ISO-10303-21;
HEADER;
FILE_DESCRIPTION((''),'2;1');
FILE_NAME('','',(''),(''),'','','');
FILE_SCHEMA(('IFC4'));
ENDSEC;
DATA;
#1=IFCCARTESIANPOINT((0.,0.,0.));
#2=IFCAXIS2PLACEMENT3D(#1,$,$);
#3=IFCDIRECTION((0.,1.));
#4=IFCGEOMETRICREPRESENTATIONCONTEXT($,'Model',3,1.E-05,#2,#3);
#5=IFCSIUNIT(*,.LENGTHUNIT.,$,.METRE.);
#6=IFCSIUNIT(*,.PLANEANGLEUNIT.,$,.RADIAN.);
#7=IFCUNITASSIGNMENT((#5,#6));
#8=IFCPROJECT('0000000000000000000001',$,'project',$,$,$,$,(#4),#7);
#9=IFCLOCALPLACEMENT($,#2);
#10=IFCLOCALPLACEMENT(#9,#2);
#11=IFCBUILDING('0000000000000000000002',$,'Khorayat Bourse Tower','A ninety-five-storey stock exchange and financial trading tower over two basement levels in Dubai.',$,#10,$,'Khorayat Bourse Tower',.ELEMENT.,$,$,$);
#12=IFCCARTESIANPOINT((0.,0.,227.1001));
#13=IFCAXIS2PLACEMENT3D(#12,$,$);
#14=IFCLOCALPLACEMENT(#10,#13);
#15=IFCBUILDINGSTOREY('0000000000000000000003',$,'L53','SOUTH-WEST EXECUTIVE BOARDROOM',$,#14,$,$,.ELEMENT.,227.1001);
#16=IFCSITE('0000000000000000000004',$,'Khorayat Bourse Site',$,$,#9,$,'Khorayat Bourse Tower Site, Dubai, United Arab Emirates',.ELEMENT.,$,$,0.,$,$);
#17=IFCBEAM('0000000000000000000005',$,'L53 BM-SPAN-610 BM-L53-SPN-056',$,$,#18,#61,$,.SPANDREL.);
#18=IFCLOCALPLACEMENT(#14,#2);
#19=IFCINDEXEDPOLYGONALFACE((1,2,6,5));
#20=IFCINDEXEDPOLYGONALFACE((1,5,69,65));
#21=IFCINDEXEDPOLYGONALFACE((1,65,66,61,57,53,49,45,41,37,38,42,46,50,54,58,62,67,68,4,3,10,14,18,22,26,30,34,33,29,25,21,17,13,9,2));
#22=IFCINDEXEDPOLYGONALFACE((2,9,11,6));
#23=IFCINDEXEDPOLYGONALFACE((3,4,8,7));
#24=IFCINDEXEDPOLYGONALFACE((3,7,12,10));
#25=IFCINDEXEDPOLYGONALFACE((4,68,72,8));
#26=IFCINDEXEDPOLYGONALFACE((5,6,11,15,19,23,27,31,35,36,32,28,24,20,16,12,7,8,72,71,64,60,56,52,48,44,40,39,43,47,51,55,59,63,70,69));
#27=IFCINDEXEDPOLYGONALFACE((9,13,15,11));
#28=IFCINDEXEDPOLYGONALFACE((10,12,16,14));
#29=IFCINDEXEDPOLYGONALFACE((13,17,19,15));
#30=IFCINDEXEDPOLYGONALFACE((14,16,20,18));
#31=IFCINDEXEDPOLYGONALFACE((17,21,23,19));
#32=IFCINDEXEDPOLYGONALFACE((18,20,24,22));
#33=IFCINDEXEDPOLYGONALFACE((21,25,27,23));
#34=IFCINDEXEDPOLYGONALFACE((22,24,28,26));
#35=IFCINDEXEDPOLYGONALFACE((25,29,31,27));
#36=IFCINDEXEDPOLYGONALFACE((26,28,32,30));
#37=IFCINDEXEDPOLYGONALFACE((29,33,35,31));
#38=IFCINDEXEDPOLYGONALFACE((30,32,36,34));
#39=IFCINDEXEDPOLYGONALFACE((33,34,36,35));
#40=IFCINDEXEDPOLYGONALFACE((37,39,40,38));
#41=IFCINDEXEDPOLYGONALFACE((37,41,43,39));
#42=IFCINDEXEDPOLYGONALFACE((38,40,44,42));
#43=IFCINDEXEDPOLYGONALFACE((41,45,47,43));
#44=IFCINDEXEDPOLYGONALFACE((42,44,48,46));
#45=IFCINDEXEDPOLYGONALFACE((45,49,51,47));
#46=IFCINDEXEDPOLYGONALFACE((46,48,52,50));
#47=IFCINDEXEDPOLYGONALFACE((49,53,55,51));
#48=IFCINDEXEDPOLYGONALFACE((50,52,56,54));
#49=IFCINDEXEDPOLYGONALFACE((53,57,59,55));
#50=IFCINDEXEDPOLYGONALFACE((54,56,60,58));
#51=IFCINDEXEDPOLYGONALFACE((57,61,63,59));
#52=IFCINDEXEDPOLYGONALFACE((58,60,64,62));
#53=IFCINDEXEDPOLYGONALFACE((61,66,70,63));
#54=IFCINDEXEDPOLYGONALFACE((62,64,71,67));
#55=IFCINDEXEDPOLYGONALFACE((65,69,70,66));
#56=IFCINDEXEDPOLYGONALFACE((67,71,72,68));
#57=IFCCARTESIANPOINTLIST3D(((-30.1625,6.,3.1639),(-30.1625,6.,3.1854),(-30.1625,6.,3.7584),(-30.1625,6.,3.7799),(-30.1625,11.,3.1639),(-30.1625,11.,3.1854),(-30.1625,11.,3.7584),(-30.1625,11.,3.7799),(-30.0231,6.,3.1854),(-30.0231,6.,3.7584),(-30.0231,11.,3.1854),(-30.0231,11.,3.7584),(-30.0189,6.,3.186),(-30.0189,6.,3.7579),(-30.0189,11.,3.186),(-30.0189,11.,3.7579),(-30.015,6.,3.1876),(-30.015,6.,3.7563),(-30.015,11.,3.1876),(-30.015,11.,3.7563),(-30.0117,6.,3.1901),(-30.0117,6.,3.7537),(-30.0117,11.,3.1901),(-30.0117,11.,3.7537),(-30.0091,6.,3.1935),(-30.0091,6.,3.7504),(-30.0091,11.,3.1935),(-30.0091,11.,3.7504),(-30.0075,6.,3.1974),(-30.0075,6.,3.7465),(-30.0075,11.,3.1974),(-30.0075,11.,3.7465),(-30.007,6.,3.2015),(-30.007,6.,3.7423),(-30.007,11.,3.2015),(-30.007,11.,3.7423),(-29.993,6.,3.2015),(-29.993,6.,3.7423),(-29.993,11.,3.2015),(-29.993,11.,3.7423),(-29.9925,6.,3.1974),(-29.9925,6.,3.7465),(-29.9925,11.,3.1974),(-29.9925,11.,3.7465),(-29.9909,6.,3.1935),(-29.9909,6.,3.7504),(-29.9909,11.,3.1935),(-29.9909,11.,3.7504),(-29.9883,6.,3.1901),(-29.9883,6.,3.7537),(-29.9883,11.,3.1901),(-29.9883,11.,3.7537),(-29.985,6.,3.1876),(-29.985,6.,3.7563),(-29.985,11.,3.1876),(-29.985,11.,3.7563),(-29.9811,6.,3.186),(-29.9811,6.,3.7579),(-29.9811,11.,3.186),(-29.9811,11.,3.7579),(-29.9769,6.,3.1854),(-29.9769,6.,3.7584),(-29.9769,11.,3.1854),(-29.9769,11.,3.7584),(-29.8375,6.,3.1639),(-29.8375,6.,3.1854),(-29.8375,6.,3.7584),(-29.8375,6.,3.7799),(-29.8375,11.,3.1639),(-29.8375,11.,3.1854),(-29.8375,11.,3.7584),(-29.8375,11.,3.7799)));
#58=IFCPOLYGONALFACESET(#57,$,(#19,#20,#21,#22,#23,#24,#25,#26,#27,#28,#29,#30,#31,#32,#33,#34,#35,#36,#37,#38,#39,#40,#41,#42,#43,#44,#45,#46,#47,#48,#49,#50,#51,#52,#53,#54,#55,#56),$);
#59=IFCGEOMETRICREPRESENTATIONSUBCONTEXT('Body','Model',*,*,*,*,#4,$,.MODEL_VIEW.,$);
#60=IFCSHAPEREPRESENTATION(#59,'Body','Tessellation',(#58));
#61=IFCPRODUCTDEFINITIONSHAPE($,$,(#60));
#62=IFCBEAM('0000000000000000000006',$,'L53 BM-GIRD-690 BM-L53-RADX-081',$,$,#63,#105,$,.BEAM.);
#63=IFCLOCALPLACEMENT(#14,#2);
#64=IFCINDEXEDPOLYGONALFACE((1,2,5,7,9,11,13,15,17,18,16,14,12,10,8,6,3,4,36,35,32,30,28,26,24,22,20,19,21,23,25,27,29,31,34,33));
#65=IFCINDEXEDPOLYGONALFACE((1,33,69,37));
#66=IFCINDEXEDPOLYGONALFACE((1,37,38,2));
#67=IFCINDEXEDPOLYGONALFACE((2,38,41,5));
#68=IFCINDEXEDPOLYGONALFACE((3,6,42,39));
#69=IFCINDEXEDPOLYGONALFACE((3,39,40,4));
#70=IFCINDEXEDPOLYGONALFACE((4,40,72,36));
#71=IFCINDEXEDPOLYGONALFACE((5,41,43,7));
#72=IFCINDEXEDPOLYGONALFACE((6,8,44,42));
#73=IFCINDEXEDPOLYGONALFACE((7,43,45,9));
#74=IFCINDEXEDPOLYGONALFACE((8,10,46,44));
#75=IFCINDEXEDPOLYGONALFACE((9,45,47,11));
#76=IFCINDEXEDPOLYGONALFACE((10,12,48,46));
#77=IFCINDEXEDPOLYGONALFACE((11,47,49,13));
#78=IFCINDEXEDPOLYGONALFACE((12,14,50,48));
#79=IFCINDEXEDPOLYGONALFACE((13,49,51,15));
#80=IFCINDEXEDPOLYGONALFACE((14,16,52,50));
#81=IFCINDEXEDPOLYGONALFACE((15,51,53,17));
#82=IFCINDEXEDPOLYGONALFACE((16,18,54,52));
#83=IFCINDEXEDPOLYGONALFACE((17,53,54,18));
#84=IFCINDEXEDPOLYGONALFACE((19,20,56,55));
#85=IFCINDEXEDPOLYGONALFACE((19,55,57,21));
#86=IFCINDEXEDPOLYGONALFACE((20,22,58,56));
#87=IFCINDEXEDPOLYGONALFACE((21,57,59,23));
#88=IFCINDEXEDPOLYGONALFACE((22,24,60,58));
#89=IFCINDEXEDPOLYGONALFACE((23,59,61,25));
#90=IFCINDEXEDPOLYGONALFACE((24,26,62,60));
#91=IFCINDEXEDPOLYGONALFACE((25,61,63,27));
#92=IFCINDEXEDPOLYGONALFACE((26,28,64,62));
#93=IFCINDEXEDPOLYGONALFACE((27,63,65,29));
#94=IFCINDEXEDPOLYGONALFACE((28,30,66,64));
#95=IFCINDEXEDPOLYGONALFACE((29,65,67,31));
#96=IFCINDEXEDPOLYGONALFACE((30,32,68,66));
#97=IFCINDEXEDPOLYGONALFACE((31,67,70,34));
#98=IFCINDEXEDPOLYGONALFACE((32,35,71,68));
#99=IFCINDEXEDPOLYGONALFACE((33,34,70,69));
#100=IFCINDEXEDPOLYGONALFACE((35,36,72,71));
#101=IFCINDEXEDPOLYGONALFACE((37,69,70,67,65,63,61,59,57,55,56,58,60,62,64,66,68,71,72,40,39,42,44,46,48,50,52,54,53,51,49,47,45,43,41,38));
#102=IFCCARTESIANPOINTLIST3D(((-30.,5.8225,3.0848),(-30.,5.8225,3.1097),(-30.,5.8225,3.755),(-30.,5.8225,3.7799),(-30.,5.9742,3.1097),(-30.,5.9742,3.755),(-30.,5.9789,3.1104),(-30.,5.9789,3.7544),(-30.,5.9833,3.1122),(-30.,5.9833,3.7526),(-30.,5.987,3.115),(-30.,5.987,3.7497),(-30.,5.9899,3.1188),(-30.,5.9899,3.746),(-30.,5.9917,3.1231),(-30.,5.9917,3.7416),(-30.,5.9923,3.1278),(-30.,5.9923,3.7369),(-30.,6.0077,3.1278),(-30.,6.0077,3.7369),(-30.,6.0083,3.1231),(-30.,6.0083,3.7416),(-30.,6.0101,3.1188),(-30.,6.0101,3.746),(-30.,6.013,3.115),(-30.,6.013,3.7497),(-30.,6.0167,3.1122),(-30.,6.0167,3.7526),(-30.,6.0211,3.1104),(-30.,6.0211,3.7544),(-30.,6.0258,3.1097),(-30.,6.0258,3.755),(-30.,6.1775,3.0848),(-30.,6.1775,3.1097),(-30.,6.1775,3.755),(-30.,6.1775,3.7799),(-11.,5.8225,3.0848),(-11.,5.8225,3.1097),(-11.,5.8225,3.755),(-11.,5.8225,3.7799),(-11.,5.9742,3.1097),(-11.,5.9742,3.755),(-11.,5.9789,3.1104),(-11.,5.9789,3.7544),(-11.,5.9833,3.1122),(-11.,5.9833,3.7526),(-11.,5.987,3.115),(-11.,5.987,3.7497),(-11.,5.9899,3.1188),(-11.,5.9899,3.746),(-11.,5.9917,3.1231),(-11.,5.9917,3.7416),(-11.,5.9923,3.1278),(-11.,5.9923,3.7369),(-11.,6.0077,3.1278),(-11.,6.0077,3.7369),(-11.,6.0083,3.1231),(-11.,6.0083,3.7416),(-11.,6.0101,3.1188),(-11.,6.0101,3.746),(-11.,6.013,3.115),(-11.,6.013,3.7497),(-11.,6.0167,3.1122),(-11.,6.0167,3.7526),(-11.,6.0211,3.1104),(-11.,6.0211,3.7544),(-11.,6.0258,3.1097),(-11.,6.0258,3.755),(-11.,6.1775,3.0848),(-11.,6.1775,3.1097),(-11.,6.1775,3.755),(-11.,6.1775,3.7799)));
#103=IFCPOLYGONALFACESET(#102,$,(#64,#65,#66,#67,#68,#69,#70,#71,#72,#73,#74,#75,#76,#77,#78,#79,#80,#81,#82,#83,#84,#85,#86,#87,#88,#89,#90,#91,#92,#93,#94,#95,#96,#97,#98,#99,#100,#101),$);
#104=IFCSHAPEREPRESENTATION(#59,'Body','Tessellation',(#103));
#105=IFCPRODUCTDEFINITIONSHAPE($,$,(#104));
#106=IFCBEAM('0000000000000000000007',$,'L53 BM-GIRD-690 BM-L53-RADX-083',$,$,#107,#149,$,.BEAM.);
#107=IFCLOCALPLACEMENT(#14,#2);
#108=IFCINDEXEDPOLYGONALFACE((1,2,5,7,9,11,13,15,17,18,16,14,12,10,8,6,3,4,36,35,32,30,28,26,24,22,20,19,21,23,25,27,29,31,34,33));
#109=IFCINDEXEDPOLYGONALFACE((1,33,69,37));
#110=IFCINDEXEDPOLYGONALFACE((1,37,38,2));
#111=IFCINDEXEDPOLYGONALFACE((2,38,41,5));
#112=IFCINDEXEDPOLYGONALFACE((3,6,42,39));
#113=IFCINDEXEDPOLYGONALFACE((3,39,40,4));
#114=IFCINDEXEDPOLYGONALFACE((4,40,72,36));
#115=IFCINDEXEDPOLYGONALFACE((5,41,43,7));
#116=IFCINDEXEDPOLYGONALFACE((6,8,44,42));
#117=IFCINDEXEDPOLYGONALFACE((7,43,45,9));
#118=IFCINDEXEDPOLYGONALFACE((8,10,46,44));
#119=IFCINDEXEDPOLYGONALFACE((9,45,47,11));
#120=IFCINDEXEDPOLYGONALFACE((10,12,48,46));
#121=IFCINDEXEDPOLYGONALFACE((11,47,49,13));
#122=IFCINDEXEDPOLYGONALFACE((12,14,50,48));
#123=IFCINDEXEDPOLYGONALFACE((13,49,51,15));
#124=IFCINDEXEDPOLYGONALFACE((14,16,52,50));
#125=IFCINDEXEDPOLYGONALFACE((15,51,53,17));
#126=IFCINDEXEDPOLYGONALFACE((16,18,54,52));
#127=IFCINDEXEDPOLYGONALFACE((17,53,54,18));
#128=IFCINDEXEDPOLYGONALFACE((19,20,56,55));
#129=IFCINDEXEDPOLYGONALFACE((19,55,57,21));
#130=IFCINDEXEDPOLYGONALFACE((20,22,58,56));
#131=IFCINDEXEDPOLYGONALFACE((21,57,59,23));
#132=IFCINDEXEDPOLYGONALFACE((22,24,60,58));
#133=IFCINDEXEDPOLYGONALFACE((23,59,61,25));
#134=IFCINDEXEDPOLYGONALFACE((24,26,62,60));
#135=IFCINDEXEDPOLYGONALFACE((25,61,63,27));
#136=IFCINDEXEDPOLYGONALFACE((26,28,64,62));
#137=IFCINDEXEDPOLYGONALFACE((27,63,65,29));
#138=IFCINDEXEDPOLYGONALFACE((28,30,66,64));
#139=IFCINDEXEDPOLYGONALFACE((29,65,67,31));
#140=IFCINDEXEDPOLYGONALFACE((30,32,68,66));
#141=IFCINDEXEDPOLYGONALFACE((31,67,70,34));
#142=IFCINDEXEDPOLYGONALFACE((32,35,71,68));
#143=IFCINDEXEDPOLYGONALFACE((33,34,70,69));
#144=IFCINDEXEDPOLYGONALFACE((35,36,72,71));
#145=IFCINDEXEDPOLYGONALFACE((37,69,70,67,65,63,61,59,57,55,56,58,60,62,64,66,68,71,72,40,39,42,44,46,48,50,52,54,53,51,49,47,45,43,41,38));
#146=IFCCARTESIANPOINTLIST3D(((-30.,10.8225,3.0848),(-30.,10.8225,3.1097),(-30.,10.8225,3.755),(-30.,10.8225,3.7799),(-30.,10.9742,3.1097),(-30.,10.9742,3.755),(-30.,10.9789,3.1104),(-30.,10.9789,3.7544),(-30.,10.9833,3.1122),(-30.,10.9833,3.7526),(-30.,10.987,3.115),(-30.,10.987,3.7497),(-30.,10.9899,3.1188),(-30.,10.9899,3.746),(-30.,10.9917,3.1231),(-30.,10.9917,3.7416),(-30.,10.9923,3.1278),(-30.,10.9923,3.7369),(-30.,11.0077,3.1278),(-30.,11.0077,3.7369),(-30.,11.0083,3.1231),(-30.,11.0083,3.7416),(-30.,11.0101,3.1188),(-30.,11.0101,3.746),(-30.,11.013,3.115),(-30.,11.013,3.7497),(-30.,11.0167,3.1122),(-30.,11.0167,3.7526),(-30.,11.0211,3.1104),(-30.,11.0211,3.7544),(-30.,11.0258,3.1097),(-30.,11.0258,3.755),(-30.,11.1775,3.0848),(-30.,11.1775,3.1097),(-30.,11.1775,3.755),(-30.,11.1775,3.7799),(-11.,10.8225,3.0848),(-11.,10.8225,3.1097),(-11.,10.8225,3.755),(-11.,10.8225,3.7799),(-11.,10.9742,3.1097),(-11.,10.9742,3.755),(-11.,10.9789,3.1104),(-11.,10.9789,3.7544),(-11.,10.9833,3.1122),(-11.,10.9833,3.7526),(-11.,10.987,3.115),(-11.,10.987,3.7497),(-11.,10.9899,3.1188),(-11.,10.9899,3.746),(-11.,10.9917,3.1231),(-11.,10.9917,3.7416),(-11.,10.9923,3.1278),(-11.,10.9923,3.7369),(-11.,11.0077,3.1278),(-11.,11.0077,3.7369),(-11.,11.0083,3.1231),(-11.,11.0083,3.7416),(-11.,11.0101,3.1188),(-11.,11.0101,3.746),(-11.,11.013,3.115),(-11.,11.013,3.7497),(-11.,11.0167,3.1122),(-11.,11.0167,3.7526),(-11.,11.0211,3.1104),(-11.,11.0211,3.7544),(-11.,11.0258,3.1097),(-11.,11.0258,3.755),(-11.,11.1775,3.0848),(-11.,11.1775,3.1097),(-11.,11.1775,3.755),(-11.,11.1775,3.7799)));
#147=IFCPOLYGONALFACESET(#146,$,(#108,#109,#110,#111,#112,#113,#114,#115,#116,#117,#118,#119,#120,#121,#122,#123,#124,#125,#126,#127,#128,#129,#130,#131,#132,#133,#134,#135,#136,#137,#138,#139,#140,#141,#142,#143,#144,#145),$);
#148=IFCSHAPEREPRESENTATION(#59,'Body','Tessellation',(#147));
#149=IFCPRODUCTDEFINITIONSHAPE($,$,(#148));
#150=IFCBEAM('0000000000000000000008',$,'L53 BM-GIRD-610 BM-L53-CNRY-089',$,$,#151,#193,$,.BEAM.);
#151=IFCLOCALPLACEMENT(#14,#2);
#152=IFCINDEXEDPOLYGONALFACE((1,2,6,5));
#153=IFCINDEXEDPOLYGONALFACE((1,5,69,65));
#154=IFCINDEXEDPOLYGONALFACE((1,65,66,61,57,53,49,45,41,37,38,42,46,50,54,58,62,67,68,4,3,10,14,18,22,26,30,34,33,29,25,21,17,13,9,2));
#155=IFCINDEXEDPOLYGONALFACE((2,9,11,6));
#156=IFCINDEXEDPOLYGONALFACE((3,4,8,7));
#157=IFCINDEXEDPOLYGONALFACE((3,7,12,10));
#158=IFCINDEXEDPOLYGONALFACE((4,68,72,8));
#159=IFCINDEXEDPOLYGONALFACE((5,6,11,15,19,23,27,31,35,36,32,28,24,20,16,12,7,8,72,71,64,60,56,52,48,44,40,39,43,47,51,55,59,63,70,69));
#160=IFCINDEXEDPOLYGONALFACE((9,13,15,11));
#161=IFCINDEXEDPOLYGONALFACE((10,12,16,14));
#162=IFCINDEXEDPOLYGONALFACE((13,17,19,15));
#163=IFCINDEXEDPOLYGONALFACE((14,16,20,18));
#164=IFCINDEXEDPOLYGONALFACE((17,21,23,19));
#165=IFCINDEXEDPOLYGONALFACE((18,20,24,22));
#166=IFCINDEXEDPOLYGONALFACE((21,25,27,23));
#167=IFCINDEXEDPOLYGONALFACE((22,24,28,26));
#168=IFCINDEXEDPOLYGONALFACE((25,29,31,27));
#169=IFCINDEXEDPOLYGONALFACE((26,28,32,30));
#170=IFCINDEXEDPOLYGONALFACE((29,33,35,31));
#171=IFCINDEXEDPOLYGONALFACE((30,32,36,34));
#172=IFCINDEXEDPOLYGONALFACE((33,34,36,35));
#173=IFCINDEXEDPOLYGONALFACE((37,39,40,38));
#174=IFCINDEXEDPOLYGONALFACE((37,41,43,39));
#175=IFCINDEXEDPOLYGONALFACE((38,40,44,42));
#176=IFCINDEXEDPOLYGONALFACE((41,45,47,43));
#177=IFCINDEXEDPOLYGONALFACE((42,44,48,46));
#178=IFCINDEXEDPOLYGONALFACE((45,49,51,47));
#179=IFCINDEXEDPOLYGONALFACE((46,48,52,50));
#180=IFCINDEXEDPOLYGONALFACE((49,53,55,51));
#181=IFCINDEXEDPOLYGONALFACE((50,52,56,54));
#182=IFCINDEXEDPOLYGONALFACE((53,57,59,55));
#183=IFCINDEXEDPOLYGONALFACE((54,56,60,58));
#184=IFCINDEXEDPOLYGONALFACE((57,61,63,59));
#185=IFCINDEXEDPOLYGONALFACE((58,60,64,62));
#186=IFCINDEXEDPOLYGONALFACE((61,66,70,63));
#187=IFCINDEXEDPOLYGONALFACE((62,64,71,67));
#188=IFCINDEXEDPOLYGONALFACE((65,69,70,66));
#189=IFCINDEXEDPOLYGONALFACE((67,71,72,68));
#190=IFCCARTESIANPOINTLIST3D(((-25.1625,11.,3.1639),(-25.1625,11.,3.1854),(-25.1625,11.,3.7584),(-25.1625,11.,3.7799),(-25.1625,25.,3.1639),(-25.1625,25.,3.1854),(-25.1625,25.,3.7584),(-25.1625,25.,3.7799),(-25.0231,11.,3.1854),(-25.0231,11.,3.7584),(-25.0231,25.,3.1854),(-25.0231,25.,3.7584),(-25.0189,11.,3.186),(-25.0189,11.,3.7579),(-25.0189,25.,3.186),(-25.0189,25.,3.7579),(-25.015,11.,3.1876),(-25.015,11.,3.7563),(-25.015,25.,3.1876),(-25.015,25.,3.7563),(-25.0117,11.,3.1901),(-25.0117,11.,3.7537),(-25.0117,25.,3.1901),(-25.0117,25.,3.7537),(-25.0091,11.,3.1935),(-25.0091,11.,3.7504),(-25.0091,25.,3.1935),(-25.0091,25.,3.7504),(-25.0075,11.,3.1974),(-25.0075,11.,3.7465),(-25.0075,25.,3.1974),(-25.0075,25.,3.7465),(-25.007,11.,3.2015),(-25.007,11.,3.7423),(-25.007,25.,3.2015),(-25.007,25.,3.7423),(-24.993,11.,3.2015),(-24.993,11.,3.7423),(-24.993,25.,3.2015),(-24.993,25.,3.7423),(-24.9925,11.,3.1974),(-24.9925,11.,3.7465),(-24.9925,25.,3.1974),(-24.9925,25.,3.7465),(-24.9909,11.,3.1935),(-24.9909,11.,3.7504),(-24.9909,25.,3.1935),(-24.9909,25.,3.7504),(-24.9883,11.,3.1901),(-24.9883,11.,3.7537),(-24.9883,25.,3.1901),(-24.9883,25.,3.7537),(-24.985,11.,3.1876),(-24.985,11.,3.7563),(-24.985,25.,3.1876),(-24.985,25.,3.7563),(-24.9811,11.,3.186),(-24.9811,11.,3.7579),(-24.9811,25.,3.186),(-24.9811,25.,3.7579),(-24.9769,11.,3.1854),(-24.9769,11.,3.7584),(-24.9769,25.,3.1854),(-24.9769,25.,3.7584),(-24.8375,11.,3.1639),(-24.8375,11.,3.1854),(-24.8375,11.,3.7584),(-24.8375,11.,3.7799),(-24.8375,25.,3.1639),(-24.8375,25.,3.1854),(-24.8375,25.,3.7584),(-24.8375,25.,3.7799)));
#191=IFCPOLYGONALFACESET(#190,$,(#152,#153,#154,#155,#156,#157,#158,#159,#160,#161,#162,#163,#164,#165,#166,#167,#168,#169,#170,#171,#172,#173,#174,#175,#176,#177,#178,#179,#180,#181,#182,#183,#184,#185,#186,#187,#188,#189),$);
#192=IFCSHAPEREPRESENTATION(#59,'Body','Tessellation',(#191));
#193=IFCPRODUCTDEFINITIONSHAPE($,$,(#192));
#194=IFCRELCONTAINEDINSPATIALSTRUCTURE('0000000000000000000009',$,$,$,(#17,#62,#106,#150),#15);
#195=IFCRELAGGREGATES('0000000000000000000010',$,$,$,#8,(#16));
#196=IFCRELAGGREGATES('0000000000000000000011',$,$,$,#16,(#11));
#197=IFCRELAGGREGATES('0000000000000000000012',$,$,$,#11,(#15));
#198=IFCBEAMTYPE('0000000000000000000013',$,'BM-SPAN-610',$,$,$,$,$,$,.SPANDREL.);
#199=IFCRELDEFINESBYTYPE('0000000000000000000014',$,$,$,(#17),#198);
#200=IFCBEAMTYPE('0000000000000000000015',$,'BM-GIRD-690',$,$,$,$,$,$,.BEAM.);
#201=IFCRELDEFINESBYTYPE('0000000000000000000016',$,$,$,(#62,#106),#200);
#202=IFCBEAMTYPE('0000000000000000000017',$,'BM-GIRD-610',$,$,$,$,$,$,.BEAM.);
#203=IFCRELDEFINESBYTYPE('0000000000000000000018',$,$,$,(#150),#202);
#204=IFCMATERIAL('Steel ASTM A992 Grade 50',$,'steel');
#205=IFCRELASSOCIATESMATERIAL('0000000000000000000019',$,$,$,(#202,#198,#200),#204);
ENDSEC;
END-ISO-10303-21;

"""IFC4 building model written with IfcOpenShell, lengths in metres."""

from ifc_helpers import new_model, si_unit, direction, frame, origin, origin_2d, place, context, subcontext, project, spatial, i_section, extrude, source, transform, mapped, material, material_profile, profile_set, type_object, element, save


model = new_model("IFC4")

# Units and contexts
model_context = context("Model", 3, precision=1e-05, world=origin(), true_north=direction((0.0, 1.0)))
body_context = subcontext(model_context, "Body", "Model", "MODEL_VIEW")
ifc_project = project(units=[si_unit("LENGTHUNIT", "METRE"), si_unit("PLANEANGLEUNIT", "RADIAN")], contexts=[model_context])

# Site, building, storey
site_placement = place(None, origin())
site = spatial("IfcSite", under=ifc_project, at=site_placement, Name="Khorayat Bourse Site", LongName="Khorayat Bourse Tower Site, Dubai, United Arab Emirates", CompositionType="ELEMENT", RefElevation=0.0)
building_placement = place(site_placement, origin())
building = spatial("IfcBuilding", under=site, at=building_placement, Name="Khorayat Bourse Tower", Description="A ninety-five-storey stock exchange and financial trading tower over two basement levels in Dubai.", LongName="Khorayat Bourse Tower", CompositionType="ELEMENT")
storey_placement = place(building_placement, frame((0.0, 0.0, 227.1001)))
storey = spatial("IfcBuildingStorey", under=building, at=storey_placement, Name="L53", Description="SOUTH-WEST EXECUTIVE BOARDROOM", CompositionType="ELEMENT", Elevation=227.1001)

# Beams
ifc_material_1 = material(Name="Steel ASTM A992 Grade 50", Category="steel")
ifc_material_profile_1 = material_profile(ifc_material_1, i_section(OverallWidth=0.325, OverallDepth=0.616, WebThickness=0.0139, FlangeThickness=0.0215, FilletRadius=0.0161, at=origin_2d()), Name="W610X174")
ifc_profile_set_1 = profile_set([ifc_material_profile_1], Name="Steel ASTM A992 Grade 50")
beam_type_1 = type_object("IfcBeamType", Name="BM-GIRD-610", PredefinedType="BEAM", material=ifc_profile_set_1)
ifc_material_profile_2 = material_profile(ifc_material_1, i_section(OverallWidth=0.325, OverallDepth=0.616, WebThickness=0.0139, FlangeThickness=0.0215, FilletRadius=0.0161, at=origin_2d()), Name="W610X174")
ifc_profile_set_2 = profile_set([ifc_material_profile_2], Name="Steel ASTM A992 Grade 50")
beam_type_2 = type_object("IfcBeamType", Name="BM-SPAN-610", PredefinedType="SPANDREL", material=ifc_profile_set_2)
shared_shape_1 = source(origin(), body_context, "Body", "SweptSolid", [
    extrude(i_section(OverallWidth=0.325, OverallDepth=0.616, WebThickness=0.0139, FlangeThickness=0.0215, FilletRadius=0.0161, at=origin_2d()), origin(), (0.0, 0.0, 1.0), 5.0),
])
beam_1_placement = place(storey_placement, frame((-30.0, 6.0, 3.4719), z_axis=(0.0, 1.0, 0.0), x_axis=(-1.0, 0.0, 0.0)))
element("IfcBeam", 1, at=beam_1_placement, inside=storey, type_object=beam_type_2, Name="L53 BM-SPAN-610 BM-L53-SPN-056", PredefinedType="SPANDREL", context=body_context, shape_type="MappedRepresentation", body=[
    mapped(shared_shape_1, transform((0.0, 0.0, 0.0), scale=1.0)),
])
ifc_material_profile_3 = material_profile(ifc_material_1, i_section(OverallWidth=0.355, OverallDepth=0.6951, WebThickness=0.0154, FlangeThickness=0.0249, FilletRadius=0.0181, at=origin_2d()), Name="W690X217")
ifc_profile_set_3 = profile_set([ifc_material_profile_3], Name="Steel ASTM A992 Grade 50")
beam_type_3 = type_object("IfcBeamType", Name="BM-GIRD-690", PredefinedType="BEAM", material=ifc_profile_set_3)
shared_shape_2 = source(origin(), body_context, "Body", "SweptSolid", [
    extrude(i_section(OverallWidth=0.355, OverallDepth=0.6951, WebThickness=0.0154, FlangeThickness=0.0249, FilletRadius=0.0181, at=origin_2d()), origin(), (0.0, 0.0, 1.0), 19.0),
])
for number, where, z_axis, x_axis, name in (
    (2, (-30.0, 6.0, 3.4324), (1.0, 0.0, 0.0), (0.0, 1.0, 0.0), "L53 BM-GIRD-690 BM-L53-RADX-081"),
    (3, (-30.0, 11.0, 3.4324), (1.0, 0.0, 0.0), (0.0, 1.0, 0.0), "L53 BM-GIRD-690 BM-L53-RADX-083"),
):
    element("IfcBeam", number, at=place(storey_placement, frame(where, z_axis=z_axis, x_axis=x_axis)), inside=storey, type_object=beam_type_3, Name=name, PredefinedType="BEAM", context=body_context, shape_type="MappedRepresentation", body=[
        mapped(shared_shape_2, transform((0.0, 0.0, 0.0), scale=1.0)),
    ])
shared_shape_3 = source(origin(), body_context, "Body", "SweptSolid", [
    extrude(i_section(OverallWidth=0.325, OverallDepth=0.616, WebThickness=0.0139, FlangeThickness=0.0215, FilletRadius=0.0161, at=origin_2d()), origin(), (0.0, 0.0, 1.0), 14.0),
])
beam_2_placement = place(storey_placement, frame((-25.0, 11.0, 3.4719), z_axis=(0.0, 1.0, 0.0), x_axis=(-1.0, 0.0, 0.0)))
element("IfcBeam", 4, at=beam_2_placement, inside=storey, type_object=beam_type_1, Name="L53 BM-GIRD-610 BM-L53-CNRY-089", PredefinedType="BEAM", context=body_context, shape_type="MappedRepresentation", body=[
    mapped(shared_shape_3, transform((0.0, 0.0, 0.0), scale=1.0)),
])

save(model, "model.ifc")
